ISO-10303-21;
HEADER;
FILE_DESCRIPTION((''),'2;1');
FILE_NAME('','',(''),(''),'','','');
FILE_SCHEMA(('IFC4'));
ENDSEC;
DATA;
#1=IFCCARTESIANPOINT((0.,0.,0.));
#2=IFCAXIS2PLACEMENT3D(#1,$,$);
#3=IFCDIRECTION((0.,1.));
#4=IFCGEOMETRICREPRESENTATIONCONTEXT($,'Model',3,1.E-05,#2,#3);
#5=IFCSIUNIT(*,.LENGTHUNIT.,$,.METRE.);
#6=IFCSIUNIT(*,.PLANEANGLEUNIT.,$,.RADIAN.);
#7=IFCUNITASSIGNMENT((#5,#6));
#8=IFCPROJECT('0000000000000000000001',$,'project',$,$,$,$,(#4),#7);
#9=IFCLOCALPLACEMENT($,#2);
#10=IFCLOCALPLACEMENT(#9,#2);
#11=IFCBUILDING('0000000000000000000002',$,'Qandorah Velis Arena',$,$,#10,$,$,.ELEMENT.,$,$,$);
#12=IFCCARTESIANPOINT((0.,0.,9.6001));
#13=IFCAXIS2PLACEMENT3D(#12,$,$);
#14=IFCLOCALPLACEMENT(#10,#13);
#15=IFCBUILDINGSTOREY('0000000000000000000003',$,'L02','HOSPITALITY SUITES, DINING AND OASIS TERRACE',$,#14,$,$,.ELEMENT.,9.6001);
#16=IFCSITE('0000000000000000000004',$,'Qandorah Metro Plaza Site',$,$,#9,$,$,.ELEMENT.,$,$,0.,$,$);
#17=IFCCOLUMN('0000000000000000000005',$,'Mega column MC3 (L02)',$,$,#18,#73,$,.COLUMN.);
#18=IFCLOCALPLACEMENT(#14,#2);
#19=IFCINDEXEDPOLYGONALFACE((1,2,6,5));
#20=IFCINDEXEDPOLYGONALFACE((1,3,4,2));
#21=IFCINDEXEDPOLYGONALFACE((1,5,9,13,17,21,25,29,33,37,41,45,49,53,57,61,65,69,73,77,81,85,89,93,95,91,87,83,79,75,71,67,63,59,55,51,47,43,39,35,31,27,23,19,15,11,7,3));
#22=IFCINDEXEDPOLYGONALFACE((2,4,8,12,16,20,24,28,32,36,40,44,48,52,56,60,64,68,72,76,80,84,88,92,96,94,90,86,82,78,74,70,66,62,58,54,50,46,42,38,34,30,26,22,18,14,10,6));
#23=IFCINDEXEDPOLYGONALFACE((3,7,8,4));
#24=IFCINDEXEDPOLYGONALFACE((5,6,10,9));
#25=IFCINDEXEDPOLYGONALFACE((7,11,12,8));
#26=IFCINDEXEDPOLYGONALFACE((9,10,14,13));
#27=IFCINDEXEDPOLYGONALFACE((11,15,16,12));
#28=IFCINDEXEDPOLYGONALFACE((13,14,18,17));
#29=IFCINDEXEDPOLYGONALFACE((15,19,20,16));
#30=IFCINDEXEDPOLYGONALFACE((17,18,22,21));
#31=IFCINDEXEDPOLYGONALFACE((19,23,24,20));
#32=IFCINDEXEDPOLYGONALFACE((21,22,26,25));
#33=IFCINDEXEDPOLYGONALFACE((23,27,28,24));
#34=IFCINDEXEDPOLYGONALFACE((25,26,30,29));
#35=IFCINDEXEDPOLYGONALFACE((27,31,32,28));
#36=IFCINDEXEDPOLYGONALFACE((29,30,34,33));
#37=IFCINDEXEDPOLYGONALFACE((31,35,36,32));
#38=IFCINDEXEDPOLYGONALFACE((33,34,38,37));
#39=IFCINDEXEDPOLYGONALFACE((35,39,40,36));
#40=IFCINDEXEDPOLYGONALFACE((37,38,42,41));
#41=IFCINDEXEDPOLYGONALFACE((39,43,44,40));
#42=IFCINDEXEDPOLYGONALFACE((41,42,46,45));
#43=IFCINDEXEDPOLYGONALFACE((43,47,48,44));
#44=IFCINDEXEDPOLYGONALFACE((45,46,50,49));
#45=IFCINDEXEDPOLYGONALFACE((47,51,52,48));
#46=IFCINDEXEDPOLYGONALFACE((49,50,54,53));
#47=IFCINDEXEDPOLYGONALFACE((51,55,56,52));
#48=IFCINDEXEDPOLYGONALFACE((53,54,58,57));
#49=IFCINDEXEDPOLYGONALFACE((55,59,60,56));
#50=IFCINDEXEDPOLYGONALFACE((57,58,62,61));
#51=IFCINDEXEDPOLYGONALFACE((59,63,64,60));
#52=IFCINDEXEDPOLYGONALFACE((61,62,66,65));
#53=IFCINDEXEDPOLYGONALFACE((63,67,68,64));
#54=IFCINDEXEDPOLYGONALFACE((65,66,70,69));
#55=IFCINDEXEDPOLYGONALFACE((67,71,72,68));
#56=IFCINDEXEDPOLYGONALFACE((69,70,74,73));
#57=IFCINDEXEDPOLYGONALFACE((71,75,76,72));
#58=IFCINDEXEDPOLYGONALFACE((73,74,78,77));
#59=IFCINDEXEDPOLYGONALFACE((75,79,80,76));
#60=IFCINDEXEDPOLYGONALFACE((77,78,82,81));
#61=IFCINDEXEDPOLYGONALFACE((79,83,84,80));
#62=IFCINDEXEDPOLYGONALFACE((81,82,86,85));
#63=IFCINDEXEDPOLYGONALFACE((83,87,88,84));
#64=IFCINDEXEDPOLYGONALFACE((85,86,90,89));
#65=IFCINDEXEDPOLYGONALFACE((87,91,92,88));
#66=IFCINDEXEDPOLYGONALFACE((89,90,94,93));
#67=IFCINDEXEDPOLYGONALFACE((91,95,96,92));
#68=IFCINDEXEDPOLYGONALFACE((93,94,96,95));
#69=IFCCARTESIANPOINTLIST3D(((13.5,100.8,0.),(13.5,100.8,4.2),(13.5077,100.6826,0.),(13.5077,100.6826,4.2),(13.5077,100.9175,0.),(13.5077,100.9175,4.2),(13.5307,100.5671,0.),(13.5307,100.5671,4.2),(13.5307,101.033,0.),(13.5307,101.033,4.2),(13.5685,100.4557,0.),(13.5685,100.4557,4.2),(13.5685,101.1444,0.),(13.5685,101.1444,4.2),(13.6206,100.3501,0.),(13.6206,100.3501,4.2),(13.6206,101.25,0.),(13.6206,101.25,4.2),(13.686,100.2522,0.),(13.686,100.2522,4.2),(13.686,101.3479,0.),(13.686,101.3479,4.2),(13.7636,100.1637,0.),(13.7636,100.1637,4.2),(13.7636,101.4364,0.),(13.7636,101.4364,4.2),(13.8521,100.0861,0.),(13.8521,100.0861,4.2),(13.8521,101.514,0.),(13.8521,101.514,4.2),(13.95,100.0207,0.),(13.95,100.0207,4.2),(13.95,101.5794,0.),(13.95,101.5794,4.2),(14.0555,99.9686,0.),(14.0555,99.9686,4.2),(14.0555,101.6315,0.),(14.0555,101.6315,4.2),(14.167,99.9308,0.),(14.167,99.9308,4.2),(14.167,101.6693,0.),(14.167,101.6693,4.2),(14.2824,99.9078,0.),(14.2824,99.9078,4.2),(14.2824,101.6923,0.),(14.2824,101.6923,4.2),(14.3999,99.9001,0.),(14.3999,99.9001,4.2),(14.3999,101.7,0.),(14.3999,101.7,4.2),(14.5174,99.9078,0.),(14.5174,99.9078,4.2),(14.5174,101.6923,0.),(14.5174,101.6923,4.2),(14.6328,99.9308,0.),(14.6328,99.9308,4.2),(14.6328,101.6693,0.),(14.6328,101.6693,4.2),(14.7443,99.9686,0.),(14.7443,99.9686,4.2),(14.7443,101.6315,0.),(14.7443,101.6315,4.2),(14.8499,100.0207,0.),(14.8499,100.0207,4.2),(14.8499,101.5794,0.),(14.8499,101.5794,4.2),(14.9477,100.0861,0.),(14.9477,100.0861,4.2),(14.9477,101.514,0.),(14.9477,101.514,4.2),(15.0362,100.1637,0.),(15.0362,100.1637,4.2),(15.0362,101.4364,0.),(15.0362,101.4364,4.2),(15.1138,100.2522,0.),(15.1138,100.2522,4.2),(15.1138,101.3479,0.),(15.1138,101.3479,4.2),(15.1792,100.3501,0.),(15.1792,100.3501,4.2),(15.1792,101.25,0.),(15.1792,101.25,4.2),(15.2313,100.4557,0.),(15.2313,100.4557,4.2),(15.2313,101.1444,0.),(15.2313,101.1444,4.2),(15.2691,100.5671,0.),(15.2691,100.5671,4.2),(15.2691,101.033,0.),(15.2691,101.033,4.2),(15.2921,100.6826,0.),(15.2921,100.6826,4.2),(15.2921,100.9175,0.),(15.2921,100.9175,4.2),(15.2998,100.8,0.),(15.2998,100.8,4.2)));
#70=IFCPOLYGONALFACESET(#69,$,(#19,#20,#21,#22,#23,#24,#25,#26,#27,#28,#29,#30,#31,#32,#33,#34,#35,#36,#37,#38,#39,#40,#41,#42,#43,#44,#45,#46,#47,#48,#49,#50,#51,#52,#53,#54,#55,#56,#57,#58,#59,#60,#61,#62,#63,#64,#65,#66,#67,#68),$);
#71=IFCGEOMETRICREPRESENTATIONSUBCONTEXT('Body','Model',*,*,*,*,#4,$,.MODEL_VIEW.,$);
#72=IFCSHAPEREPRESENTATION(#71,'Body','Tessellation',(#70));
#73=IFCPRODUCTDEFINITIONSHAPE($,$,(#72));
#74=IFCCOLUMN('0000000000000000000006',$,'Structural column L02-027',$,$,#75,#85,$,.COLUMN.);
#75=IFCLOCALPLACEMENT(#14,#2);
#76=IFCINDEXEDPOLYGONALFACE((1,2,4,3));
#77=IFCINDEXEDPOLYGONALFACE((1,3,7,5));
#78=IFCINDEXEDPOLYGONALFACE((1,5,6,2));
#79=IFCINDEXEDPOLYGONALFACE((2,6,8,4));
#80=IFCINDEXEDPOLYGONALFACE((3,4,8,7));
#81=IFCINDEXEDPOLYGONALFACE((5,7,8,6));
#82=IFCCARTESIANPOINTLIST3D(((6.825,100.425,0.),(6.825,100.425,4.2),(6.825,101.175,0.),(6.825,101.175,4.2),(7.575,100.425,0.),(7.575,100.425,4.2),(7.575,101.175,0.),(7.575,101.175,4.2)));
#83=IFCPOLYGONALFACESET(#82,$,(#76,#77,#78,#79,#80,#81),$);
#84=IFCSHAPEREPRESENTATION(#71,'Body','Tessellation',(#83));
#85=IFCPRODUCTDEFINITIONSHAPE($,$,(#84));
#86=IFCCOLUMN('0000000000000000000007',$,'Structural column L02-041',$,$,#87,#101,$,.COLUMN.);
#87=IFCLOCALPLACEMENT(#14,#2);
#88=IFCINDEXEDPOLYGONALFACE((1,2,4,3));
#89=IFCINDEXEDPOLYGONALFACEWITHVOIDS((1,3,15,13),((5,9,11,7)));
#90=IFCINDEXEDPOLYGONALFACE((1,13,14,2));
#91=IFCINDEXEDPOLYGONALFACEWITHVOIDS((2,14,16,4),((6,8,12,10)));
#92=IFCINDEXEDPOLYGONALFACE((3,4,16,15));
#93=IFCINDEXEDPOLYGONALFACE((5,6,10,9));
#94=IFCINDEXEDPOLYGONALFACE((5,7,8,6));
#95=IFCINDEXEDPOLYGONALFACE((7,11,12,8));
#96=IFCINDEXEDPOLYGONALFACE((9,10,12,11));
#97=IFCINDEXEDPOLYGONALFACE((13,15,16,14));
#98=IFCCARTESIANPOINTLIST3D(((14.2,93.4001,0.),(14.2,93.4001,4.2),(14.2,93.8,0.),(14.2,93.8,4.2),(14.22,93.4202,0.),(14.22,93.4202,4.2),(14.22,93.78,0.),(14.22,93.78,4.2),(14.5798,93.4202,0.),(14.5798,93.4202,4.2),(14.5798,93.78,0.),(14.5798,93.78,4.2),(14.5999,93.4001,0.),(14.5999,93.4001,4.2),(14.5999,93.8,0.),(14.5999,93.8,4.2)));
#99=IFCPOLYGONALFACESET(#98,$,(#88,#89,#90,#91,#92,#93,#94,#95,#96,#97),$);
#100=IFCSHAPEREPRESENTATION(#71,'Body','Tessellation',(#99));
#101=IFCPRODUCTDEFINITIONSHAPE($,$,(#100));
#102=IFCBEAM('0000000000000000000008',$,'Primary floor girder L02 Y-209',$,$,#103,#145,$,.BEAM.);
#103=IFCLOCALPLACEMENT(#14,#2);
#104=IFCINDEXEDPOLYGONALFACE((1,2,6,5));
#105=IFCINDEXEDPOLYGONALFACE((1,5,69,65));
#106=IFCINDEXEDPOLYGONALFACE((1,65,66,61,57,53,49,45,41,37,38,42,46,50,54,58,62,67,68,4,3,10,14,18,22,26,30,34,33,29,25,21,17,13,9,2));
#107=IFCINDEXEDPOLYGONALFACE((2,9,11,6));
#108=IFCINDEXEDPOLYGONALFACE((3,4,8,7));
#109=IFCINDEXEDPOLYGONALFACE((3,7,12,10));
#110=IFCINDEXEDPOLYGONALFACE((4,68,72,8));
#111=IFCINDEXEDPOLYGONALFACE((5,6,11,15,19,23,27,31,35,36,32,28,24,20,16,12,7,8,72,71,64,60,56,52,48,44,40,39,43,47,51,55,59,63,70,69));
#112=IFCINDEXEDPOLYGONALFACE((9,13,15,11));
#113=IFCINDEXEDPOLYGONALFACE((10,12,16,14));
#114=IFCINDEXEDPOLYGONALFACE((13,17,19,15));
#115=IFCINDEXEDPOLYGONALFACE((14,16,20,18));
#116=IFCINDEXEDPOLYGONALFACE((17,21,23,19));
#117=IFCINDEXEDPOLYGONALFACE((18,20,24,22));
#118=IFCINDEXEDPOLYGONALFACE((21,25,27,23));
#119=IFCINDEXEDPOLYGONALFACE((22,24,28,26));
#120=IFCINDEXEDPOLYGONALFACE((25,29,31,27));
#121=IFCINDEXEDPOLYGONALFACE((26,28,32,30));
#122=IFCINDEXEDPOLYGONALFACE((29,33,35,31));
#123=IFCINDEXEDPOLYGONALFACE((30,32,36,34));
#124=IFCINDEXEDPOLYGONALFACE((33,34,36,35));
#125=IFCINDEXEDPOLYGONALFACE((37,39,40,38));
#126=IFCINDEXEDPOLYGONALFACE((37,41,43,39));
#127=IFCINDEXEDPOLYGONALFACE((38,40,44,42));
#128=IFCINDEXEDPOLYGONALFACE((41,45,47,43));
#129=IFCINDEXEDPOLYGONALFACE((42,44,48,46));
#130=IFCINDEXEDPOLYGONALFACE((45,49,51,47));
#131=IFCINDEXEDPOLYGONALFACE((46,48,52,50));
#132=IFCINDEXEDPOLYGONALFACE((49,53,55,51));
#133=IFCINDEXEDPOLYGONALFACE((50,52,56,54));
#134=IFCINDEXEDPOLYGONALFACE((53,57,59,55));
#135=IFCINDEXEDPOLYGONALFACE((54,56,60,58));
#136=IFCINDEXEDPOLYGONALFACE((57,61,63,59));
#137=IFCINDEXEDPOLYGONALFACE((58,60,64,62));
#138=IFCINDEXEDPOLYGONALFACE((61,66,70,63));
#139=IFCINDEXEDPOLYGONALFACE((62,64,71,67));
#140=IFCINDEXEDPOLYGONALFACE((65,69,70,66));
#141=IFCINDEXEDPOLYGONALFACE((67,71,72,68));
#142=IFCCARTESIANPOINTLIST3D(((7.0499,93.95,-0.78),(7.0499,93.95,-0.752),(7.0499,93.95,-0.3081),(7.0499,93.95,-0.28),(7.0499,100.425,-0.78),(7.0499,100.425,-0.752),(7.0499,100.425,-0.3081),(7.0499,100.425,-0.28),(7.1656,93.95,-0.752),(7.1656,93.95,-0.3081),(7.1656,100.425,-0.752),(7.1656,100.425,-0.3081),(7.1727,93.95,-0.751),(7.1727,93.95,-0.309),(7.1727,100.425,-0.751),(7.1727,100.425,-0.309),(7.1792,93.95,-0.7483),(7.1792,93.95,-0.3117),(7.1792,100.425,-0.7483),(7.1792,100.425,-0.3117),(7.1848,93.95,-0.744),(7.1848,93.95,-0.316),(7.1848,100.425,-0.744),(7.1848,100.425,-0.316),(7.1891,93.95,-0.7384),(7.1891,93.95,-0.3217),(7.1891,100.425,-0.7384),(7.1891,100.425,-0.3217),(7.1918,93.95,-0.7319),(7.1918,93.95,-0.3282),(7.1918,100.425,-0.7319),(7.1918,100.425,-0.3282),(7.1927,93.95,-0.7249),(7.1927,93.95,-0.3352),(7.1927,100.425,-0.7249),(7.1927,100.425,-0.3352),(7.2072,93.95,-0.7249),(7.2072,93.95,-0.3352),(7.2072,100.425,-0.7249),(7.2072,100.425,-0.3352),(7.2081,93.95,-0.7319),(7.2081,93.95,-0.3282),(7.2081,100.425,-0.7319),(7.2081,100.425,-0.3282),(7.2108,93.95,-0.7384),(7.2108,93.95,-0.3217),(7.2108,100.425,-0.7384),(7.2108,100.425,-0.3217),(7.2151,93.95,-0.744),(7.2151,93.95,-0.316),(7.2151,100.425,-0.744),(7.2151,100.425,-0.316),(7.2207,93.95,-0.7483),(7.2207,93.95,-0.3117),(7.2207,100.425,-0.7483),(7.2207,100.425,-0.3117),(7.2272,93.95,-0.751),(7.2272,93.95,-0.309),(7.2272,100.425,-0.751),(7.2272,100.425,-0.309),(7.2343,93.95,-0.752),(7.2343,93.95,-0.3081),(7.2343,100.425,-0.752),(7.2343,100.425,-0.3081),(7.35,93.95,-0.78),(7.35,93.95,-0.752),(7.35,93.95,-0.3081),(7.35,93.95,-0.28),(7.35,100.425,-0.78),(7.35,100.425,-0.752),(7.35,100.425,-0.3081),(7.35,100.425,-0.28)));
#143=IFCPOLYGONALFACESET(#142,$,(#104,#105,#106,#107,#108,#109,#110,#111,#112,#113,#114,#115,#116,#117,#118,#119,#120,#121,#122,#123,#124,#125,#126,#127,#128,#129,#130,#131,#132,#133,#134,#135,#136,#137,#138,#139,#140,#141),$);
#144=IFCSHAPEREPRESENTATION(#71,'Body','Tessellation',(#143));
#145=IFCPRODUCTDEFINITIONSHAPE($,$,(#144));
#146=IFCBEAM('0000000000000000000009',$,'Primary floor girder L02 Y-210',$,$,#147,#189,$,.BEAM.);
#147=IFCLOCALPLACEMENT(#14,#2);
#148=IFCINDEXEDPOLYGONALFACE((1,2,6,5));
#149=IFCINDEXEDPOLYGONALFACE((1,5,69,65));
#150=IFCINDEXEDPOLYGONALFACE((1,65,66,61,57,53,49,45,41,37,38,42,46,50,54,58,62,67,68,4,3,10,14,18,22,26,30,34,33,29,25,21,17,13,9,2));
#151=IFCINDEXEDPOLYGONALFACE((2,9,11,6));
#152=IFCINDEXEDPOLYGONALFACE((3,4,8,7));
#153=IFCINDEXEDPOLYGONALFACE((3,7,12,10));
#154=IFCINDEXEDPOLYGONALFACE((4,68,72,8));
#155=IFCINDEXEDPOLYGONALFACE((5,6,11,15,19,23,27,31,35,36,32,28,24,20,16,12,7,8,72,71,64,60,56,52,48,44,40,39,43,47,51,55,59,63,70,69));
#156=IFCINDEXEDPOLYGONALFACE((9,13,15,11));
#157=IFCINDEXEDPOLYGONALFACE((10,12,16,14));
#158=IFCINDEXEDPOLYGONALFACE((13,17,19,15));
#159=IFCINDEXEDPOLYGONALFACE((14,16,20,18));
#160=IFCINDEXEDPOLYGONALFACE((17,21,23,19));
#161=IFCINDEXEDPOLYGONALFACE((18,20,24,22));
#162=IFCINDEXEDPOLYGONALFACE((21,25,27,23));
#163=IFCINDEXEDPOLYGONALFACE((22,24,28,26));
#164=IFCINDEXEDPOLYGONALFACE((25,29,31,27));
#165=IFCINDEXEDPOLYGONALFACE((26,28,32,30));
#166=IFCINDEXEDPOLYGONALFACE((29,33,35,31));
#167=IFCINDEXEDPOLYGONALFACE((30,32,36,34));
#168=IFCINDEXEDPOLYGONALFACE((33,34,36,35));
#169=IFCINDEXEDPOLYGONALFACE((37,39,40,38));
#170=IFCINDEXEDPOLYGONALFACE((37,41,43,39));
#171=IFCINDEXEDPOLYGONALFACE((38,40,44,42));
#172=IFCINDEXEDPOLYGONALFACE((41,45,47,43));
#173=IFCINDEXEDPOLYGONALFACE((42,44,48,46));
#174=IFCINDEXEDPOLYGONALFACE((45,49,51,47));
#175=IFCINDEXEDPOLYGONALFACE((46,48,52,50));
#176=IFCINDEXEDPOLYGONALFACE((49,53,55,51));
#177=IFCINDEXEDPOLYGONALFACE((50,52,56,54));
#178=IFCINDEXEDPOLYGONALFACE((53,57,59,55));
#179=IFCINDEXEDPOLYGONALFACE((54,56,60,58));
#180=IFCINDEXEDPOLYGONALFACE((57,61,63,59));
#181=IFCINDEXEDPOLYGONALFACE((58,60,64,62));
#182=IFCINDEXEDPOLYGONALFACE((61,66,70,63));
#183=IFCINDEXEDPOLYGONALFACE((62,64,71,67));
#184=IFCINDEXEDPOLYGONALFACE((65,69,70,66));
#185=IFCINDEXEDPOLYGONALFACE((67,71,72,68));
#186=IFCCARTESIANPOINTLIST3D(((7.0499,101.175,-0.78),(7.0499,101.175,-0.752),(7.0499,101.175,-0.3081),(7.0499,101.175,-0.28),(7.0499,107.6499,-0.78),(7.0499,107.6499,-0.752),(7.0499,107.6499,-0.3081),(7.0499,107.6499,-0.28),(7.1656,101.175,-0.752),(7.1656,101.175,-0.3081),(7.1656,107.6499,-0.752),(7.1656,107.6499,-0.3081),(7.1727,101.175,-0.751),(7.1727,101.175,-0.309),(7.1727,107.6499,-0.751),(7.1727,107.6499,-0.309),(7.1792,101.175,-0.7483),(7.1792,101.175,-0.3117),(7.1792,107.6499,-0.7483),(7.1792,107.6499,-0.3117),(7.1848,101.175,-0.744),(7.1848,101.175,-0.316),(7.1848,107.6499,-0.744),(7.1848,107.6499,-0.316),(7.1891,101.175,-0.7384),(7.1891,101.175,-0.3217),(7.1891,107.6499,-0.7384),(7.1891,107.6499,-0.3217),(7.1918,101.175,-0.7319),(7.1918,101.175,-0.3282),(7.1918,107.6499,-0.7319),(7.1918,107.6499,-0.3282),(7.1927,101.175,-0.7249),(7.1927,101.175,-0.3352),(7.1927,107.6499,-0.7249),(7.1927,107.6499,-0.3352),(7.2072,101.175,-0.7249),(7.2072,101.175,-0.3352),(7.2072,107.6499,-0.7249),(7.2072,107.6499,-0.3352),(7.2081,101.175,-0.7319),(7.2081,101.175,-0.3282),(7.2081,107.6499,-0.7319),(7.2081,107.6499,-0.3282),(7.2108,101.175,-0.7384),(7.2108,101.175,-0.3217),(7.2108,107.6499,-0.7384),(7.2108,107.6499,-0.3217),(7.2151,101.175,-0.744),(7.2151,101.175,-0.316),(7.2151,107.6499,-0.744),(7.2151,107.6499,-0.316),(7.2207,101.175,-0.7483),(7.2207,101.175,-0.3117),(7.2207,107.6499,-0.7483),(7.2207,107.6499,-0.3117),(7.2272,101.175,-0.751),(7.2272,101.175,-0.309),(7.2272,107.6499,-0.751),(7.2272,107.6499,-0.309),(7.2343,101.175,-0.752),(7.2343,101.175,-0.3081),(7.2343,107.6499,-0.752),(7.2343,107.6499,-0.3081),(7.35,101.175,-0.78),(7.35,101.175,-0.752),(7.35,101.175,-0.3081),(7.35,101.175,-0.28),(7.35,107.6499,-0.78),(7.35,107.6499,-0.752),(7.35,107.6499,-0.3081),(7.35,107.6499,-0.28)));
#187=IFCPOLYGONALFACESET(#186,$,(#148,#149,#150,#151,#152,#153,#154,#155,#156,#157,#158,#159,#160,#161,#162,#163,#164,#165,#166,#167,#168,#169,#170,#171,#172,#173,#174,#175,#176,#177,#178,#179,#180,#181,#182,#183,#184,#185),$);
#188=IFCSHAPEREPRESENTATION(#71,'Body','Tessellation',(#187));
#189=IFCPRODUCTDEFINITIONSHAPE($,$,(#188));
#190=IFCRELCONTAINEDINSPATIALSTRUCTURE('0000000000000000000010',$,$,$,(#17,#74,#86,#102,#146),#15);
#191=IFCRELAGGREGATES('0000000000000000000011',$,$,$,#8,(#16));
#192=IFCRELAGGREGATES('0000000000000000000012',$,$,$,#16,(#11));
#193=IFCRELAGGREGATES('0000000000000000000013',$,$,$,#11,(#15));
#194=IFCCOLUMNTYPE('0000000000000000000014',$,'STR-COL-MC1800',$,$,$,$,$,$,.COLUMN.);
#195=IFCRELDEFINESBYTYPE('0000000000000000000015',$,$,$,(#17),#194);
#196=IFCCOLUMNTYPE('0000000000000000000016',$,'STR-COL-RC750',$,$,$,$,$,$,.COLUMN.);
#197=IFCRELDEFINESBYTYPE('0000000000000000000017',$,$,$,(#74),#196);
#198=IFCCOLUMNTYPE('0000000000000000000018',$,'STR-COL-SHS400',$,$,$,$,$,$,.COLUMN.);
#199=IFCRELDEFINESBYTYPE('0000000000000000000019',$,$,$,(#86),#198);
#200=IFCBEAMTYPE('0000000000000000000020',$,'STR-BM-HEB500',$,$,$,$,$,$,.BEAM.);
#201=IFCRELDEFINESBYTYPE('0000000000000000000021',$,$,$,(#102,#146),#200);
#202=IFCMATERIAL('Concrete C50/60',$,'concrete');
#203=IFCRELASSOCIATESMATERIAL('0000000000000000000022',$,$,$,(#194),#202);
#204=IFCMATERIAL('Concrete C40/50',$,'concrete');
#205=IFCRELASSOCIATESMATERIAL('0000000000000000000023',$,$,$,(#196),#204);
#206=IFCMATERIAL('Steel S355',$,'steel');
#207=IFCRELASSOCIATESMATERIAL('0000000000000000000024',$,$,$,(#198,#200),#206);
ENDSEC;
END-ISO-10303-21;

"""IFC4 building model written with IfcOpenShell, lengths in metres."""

from ifc_helpers import new_model, si_unit, direction, frame, origin, origin_2d, place, context, subcontext, project, spatial, rectangle, hollow_rectangle, circle, i_section, extrude, material, material_profile, profile_set, type_object, element, save


model = new_model("IFC4")

# Units and contexts
model_context = context("Model", 3, precision=1e-05, world=origin(), true_north=direction((0.0, 1.0)))
body_context = subcontext(model_context, "Body", "Model", "MODEL_VIEW")
ifc_project = project(units=[si_unit("LENGTHUNIT", "METRE"), si_unit("PLANEANGLEUNIT", "RADIAN")], contexts=[model_context])

# Site, building, storey
site_placement = place(None, origin())
site = spatial("IfcSite", under=ifc_project, at=site_placement, Name="Qandorah Metro Plaza Site", CompositionType="ELEMENT", RefElevation=0.0)
building_placement = place(site_placement, origin())
building = spatial("IfcBuilding", under=site, at=building_placement, Name="Qandorah Velis Arena", CompositionType="ELEMENT")
storey_placement = place(building_placement, frame((0.0, 0.0, 9.6001)))
storey = spatial("IfcBuildingStorey", under=building, at=storey_placement, Name="L02", Description="HOSPITALITY SUITES, DINING AND OASIS TERRACE", CompositionType="ELEMENT", Elevation=9.6001)

# Columns
ifc_material_1 = material(Name="Concrete C50/60", Category="concrete")
ifc_material_profile_1 = material_profile(ifc_material_1, circle(Radius=0.8999, at=origin_2d()), Name="MC D1800")
ifc_profile_set_1 = profile_set([ifc_material_profile_1], Name="Concrete C50/60")
column_type_1 = type_object("IfcColumnType", Name="STR-COL-MC1800", PredefinedType="COLUMN", material=ifc_profile_set_1)
column_1_placement = place(storey_placement, frame((14.3999, 100.8, 0.0), z_axis=(0.0, 0.0, 1.0), x_axis=(1.0, 0.0, 0.0)))
element("IfcColumn", 1, at=column_1_placement, inside=storey, type_object=column_type_1, Name="Mega column MC3 (L02)", PredefinedType="COLUMN", context=body_context, shape_type="SweptSolid", body=[
    extrude(circle(Radius=0.8999, at=origin_2d()), origin(), (0.0, 0.0, 1.0), 4.2),
])
ifc_material_2 = material(Name="Concrete C40/50", Category="concrete")
ifc_material_profile_2 = material_profile(ifc_material_2, rectangle(XDim=0.75, YDim=0.75, at=origin_2d()), Name="RC COL 750x750")
ifc_profile_set_2 = profile_set([ifc_material_profile_2], Name="Concrete C40/50")
column_type_2 = type_object("IfcColumnType", Name="STR-COL-RC750", PredefinedType="COLUMN", material=ifc_profile_set_2)
column_2_placement = place(storey_placement, frame((7.2, 100.8, 0.0), z_axis=(0.0, 0.0, 1.0), x_axis=(1.0, 0.0, 0.0)))
element("IfcColumn", 2, at=column_2_placement, inside=storey, type_object=column_type_2, Name="Structural column L02-027", PredefinedType="COLUMN", context=body_context, shape_type="SweptSolid", body=[
    extrude(rectangle(XDim=0.75, YDim=0.75, at=origin_2d()), origin(), (0.0, 0.0, 1.0), 4.2),
])
ifc_material_3 = material(Name="Steel S355", Category="steel")
ifc_material_profile_3 = material_profile(ifc_material_3, hollow_rectangle(XDim=0.3999, YDim=0.3999, WallThickness=0.02, at=origin_2d()), Name="SHS 400x400x20")
ifc_profile_set_3 = profile_set([ifc_material_profile_3], Name="Steel S355")
column_type_3 = type_object("IfcColumnType", Name="STR-COL-SHS400", PredefinedType="COLUMN", material=ifc_profile_set_3)
column_3_placement = place(storey_placement, frame((14.3999, 93.6001, 0.0), z_axis=(0.0, 0.0, 1.0), x_axis=(1.0, 0.0, 0.0)))
element("IfcColumn", 3, at=column_3_placement, inside=storey, type_object=column_type_3, Name="Structural column L02-041", PredefinedType="COLUMN", context=body_context, shape_type="SweptSolid", body=[
    extrude(hollow_rectangle(XDim=0.3999, YDim=0.3999, WallThickness=0.02, at=origin_2d()), origin(), (0.0, 0.0, 1.0), 4.2),
])

# Beams
ifc_material_profile_4 = material_profile(ifc_material_3, i_section(OverallWidth=0.3, OverallDepth=0.5, WebThickness=0.0144, FlangeThickness=0.0281, FilletRadius=0.0271, at=origin_2d()), Name="HEB 500")
ifc_profile_set_4 = profile_set([ifc_material_profile_4], Name="Steel S355")
beam_type_1 = type_object("IfcBeamType", Name="STR-BM-HEB500", PredefinedType="BEAM", material=ifc_profile_set_4)
beam_1_placement = place(storey_placement, frame((7.2, 93.95, -0.53), z_axis=(0.0, 1.0, 0.0), x_axis=(-1.0, 0.0, 0.0)))
element("IfcBeam", 4, at=beam_1_placement, inside=storey, type_object=beam_type_1, Name="Primary floor girder L02 Y-209", PredefinedType="BEAM", context=body_context, shape_type="SweptSolid", body=[
    extrude(i_section(OverallWidth=0.3, OverallDepth=0.5, WebThickness=0.0144, FlangeThickness=0.0281, FilletRadius=0.0271, at=origin_2d()), origin(), (0.0, 0.0, 1.0), 6.4751),
])
beam_2_placement = place(storey_placement, frame((7.2, 101.175, -0.53), z_axis=(0.0, 1.0, 0.0), x_axis=(-1.0, 0.0, 0.0)))
element("IfcBeam", 5, at=beam_2_placement, inside=storey, type_object=beam_type_1, Name="Primary floor girder L02 Y-210", PredefinedType="BEAM", context=body_context, shape_type="SweptSolid", body=[
    extrude(i_section(OverallWidth=0.3, OverallDepth=0.5, WebThickness=0.0144, FlangeThickness=0.0281, FilletRadius=0.0271, at=origin_2d()), origin(), (0.0, 0.0, 1.0), 6.4749),
])

save(model, "model.ifc")
